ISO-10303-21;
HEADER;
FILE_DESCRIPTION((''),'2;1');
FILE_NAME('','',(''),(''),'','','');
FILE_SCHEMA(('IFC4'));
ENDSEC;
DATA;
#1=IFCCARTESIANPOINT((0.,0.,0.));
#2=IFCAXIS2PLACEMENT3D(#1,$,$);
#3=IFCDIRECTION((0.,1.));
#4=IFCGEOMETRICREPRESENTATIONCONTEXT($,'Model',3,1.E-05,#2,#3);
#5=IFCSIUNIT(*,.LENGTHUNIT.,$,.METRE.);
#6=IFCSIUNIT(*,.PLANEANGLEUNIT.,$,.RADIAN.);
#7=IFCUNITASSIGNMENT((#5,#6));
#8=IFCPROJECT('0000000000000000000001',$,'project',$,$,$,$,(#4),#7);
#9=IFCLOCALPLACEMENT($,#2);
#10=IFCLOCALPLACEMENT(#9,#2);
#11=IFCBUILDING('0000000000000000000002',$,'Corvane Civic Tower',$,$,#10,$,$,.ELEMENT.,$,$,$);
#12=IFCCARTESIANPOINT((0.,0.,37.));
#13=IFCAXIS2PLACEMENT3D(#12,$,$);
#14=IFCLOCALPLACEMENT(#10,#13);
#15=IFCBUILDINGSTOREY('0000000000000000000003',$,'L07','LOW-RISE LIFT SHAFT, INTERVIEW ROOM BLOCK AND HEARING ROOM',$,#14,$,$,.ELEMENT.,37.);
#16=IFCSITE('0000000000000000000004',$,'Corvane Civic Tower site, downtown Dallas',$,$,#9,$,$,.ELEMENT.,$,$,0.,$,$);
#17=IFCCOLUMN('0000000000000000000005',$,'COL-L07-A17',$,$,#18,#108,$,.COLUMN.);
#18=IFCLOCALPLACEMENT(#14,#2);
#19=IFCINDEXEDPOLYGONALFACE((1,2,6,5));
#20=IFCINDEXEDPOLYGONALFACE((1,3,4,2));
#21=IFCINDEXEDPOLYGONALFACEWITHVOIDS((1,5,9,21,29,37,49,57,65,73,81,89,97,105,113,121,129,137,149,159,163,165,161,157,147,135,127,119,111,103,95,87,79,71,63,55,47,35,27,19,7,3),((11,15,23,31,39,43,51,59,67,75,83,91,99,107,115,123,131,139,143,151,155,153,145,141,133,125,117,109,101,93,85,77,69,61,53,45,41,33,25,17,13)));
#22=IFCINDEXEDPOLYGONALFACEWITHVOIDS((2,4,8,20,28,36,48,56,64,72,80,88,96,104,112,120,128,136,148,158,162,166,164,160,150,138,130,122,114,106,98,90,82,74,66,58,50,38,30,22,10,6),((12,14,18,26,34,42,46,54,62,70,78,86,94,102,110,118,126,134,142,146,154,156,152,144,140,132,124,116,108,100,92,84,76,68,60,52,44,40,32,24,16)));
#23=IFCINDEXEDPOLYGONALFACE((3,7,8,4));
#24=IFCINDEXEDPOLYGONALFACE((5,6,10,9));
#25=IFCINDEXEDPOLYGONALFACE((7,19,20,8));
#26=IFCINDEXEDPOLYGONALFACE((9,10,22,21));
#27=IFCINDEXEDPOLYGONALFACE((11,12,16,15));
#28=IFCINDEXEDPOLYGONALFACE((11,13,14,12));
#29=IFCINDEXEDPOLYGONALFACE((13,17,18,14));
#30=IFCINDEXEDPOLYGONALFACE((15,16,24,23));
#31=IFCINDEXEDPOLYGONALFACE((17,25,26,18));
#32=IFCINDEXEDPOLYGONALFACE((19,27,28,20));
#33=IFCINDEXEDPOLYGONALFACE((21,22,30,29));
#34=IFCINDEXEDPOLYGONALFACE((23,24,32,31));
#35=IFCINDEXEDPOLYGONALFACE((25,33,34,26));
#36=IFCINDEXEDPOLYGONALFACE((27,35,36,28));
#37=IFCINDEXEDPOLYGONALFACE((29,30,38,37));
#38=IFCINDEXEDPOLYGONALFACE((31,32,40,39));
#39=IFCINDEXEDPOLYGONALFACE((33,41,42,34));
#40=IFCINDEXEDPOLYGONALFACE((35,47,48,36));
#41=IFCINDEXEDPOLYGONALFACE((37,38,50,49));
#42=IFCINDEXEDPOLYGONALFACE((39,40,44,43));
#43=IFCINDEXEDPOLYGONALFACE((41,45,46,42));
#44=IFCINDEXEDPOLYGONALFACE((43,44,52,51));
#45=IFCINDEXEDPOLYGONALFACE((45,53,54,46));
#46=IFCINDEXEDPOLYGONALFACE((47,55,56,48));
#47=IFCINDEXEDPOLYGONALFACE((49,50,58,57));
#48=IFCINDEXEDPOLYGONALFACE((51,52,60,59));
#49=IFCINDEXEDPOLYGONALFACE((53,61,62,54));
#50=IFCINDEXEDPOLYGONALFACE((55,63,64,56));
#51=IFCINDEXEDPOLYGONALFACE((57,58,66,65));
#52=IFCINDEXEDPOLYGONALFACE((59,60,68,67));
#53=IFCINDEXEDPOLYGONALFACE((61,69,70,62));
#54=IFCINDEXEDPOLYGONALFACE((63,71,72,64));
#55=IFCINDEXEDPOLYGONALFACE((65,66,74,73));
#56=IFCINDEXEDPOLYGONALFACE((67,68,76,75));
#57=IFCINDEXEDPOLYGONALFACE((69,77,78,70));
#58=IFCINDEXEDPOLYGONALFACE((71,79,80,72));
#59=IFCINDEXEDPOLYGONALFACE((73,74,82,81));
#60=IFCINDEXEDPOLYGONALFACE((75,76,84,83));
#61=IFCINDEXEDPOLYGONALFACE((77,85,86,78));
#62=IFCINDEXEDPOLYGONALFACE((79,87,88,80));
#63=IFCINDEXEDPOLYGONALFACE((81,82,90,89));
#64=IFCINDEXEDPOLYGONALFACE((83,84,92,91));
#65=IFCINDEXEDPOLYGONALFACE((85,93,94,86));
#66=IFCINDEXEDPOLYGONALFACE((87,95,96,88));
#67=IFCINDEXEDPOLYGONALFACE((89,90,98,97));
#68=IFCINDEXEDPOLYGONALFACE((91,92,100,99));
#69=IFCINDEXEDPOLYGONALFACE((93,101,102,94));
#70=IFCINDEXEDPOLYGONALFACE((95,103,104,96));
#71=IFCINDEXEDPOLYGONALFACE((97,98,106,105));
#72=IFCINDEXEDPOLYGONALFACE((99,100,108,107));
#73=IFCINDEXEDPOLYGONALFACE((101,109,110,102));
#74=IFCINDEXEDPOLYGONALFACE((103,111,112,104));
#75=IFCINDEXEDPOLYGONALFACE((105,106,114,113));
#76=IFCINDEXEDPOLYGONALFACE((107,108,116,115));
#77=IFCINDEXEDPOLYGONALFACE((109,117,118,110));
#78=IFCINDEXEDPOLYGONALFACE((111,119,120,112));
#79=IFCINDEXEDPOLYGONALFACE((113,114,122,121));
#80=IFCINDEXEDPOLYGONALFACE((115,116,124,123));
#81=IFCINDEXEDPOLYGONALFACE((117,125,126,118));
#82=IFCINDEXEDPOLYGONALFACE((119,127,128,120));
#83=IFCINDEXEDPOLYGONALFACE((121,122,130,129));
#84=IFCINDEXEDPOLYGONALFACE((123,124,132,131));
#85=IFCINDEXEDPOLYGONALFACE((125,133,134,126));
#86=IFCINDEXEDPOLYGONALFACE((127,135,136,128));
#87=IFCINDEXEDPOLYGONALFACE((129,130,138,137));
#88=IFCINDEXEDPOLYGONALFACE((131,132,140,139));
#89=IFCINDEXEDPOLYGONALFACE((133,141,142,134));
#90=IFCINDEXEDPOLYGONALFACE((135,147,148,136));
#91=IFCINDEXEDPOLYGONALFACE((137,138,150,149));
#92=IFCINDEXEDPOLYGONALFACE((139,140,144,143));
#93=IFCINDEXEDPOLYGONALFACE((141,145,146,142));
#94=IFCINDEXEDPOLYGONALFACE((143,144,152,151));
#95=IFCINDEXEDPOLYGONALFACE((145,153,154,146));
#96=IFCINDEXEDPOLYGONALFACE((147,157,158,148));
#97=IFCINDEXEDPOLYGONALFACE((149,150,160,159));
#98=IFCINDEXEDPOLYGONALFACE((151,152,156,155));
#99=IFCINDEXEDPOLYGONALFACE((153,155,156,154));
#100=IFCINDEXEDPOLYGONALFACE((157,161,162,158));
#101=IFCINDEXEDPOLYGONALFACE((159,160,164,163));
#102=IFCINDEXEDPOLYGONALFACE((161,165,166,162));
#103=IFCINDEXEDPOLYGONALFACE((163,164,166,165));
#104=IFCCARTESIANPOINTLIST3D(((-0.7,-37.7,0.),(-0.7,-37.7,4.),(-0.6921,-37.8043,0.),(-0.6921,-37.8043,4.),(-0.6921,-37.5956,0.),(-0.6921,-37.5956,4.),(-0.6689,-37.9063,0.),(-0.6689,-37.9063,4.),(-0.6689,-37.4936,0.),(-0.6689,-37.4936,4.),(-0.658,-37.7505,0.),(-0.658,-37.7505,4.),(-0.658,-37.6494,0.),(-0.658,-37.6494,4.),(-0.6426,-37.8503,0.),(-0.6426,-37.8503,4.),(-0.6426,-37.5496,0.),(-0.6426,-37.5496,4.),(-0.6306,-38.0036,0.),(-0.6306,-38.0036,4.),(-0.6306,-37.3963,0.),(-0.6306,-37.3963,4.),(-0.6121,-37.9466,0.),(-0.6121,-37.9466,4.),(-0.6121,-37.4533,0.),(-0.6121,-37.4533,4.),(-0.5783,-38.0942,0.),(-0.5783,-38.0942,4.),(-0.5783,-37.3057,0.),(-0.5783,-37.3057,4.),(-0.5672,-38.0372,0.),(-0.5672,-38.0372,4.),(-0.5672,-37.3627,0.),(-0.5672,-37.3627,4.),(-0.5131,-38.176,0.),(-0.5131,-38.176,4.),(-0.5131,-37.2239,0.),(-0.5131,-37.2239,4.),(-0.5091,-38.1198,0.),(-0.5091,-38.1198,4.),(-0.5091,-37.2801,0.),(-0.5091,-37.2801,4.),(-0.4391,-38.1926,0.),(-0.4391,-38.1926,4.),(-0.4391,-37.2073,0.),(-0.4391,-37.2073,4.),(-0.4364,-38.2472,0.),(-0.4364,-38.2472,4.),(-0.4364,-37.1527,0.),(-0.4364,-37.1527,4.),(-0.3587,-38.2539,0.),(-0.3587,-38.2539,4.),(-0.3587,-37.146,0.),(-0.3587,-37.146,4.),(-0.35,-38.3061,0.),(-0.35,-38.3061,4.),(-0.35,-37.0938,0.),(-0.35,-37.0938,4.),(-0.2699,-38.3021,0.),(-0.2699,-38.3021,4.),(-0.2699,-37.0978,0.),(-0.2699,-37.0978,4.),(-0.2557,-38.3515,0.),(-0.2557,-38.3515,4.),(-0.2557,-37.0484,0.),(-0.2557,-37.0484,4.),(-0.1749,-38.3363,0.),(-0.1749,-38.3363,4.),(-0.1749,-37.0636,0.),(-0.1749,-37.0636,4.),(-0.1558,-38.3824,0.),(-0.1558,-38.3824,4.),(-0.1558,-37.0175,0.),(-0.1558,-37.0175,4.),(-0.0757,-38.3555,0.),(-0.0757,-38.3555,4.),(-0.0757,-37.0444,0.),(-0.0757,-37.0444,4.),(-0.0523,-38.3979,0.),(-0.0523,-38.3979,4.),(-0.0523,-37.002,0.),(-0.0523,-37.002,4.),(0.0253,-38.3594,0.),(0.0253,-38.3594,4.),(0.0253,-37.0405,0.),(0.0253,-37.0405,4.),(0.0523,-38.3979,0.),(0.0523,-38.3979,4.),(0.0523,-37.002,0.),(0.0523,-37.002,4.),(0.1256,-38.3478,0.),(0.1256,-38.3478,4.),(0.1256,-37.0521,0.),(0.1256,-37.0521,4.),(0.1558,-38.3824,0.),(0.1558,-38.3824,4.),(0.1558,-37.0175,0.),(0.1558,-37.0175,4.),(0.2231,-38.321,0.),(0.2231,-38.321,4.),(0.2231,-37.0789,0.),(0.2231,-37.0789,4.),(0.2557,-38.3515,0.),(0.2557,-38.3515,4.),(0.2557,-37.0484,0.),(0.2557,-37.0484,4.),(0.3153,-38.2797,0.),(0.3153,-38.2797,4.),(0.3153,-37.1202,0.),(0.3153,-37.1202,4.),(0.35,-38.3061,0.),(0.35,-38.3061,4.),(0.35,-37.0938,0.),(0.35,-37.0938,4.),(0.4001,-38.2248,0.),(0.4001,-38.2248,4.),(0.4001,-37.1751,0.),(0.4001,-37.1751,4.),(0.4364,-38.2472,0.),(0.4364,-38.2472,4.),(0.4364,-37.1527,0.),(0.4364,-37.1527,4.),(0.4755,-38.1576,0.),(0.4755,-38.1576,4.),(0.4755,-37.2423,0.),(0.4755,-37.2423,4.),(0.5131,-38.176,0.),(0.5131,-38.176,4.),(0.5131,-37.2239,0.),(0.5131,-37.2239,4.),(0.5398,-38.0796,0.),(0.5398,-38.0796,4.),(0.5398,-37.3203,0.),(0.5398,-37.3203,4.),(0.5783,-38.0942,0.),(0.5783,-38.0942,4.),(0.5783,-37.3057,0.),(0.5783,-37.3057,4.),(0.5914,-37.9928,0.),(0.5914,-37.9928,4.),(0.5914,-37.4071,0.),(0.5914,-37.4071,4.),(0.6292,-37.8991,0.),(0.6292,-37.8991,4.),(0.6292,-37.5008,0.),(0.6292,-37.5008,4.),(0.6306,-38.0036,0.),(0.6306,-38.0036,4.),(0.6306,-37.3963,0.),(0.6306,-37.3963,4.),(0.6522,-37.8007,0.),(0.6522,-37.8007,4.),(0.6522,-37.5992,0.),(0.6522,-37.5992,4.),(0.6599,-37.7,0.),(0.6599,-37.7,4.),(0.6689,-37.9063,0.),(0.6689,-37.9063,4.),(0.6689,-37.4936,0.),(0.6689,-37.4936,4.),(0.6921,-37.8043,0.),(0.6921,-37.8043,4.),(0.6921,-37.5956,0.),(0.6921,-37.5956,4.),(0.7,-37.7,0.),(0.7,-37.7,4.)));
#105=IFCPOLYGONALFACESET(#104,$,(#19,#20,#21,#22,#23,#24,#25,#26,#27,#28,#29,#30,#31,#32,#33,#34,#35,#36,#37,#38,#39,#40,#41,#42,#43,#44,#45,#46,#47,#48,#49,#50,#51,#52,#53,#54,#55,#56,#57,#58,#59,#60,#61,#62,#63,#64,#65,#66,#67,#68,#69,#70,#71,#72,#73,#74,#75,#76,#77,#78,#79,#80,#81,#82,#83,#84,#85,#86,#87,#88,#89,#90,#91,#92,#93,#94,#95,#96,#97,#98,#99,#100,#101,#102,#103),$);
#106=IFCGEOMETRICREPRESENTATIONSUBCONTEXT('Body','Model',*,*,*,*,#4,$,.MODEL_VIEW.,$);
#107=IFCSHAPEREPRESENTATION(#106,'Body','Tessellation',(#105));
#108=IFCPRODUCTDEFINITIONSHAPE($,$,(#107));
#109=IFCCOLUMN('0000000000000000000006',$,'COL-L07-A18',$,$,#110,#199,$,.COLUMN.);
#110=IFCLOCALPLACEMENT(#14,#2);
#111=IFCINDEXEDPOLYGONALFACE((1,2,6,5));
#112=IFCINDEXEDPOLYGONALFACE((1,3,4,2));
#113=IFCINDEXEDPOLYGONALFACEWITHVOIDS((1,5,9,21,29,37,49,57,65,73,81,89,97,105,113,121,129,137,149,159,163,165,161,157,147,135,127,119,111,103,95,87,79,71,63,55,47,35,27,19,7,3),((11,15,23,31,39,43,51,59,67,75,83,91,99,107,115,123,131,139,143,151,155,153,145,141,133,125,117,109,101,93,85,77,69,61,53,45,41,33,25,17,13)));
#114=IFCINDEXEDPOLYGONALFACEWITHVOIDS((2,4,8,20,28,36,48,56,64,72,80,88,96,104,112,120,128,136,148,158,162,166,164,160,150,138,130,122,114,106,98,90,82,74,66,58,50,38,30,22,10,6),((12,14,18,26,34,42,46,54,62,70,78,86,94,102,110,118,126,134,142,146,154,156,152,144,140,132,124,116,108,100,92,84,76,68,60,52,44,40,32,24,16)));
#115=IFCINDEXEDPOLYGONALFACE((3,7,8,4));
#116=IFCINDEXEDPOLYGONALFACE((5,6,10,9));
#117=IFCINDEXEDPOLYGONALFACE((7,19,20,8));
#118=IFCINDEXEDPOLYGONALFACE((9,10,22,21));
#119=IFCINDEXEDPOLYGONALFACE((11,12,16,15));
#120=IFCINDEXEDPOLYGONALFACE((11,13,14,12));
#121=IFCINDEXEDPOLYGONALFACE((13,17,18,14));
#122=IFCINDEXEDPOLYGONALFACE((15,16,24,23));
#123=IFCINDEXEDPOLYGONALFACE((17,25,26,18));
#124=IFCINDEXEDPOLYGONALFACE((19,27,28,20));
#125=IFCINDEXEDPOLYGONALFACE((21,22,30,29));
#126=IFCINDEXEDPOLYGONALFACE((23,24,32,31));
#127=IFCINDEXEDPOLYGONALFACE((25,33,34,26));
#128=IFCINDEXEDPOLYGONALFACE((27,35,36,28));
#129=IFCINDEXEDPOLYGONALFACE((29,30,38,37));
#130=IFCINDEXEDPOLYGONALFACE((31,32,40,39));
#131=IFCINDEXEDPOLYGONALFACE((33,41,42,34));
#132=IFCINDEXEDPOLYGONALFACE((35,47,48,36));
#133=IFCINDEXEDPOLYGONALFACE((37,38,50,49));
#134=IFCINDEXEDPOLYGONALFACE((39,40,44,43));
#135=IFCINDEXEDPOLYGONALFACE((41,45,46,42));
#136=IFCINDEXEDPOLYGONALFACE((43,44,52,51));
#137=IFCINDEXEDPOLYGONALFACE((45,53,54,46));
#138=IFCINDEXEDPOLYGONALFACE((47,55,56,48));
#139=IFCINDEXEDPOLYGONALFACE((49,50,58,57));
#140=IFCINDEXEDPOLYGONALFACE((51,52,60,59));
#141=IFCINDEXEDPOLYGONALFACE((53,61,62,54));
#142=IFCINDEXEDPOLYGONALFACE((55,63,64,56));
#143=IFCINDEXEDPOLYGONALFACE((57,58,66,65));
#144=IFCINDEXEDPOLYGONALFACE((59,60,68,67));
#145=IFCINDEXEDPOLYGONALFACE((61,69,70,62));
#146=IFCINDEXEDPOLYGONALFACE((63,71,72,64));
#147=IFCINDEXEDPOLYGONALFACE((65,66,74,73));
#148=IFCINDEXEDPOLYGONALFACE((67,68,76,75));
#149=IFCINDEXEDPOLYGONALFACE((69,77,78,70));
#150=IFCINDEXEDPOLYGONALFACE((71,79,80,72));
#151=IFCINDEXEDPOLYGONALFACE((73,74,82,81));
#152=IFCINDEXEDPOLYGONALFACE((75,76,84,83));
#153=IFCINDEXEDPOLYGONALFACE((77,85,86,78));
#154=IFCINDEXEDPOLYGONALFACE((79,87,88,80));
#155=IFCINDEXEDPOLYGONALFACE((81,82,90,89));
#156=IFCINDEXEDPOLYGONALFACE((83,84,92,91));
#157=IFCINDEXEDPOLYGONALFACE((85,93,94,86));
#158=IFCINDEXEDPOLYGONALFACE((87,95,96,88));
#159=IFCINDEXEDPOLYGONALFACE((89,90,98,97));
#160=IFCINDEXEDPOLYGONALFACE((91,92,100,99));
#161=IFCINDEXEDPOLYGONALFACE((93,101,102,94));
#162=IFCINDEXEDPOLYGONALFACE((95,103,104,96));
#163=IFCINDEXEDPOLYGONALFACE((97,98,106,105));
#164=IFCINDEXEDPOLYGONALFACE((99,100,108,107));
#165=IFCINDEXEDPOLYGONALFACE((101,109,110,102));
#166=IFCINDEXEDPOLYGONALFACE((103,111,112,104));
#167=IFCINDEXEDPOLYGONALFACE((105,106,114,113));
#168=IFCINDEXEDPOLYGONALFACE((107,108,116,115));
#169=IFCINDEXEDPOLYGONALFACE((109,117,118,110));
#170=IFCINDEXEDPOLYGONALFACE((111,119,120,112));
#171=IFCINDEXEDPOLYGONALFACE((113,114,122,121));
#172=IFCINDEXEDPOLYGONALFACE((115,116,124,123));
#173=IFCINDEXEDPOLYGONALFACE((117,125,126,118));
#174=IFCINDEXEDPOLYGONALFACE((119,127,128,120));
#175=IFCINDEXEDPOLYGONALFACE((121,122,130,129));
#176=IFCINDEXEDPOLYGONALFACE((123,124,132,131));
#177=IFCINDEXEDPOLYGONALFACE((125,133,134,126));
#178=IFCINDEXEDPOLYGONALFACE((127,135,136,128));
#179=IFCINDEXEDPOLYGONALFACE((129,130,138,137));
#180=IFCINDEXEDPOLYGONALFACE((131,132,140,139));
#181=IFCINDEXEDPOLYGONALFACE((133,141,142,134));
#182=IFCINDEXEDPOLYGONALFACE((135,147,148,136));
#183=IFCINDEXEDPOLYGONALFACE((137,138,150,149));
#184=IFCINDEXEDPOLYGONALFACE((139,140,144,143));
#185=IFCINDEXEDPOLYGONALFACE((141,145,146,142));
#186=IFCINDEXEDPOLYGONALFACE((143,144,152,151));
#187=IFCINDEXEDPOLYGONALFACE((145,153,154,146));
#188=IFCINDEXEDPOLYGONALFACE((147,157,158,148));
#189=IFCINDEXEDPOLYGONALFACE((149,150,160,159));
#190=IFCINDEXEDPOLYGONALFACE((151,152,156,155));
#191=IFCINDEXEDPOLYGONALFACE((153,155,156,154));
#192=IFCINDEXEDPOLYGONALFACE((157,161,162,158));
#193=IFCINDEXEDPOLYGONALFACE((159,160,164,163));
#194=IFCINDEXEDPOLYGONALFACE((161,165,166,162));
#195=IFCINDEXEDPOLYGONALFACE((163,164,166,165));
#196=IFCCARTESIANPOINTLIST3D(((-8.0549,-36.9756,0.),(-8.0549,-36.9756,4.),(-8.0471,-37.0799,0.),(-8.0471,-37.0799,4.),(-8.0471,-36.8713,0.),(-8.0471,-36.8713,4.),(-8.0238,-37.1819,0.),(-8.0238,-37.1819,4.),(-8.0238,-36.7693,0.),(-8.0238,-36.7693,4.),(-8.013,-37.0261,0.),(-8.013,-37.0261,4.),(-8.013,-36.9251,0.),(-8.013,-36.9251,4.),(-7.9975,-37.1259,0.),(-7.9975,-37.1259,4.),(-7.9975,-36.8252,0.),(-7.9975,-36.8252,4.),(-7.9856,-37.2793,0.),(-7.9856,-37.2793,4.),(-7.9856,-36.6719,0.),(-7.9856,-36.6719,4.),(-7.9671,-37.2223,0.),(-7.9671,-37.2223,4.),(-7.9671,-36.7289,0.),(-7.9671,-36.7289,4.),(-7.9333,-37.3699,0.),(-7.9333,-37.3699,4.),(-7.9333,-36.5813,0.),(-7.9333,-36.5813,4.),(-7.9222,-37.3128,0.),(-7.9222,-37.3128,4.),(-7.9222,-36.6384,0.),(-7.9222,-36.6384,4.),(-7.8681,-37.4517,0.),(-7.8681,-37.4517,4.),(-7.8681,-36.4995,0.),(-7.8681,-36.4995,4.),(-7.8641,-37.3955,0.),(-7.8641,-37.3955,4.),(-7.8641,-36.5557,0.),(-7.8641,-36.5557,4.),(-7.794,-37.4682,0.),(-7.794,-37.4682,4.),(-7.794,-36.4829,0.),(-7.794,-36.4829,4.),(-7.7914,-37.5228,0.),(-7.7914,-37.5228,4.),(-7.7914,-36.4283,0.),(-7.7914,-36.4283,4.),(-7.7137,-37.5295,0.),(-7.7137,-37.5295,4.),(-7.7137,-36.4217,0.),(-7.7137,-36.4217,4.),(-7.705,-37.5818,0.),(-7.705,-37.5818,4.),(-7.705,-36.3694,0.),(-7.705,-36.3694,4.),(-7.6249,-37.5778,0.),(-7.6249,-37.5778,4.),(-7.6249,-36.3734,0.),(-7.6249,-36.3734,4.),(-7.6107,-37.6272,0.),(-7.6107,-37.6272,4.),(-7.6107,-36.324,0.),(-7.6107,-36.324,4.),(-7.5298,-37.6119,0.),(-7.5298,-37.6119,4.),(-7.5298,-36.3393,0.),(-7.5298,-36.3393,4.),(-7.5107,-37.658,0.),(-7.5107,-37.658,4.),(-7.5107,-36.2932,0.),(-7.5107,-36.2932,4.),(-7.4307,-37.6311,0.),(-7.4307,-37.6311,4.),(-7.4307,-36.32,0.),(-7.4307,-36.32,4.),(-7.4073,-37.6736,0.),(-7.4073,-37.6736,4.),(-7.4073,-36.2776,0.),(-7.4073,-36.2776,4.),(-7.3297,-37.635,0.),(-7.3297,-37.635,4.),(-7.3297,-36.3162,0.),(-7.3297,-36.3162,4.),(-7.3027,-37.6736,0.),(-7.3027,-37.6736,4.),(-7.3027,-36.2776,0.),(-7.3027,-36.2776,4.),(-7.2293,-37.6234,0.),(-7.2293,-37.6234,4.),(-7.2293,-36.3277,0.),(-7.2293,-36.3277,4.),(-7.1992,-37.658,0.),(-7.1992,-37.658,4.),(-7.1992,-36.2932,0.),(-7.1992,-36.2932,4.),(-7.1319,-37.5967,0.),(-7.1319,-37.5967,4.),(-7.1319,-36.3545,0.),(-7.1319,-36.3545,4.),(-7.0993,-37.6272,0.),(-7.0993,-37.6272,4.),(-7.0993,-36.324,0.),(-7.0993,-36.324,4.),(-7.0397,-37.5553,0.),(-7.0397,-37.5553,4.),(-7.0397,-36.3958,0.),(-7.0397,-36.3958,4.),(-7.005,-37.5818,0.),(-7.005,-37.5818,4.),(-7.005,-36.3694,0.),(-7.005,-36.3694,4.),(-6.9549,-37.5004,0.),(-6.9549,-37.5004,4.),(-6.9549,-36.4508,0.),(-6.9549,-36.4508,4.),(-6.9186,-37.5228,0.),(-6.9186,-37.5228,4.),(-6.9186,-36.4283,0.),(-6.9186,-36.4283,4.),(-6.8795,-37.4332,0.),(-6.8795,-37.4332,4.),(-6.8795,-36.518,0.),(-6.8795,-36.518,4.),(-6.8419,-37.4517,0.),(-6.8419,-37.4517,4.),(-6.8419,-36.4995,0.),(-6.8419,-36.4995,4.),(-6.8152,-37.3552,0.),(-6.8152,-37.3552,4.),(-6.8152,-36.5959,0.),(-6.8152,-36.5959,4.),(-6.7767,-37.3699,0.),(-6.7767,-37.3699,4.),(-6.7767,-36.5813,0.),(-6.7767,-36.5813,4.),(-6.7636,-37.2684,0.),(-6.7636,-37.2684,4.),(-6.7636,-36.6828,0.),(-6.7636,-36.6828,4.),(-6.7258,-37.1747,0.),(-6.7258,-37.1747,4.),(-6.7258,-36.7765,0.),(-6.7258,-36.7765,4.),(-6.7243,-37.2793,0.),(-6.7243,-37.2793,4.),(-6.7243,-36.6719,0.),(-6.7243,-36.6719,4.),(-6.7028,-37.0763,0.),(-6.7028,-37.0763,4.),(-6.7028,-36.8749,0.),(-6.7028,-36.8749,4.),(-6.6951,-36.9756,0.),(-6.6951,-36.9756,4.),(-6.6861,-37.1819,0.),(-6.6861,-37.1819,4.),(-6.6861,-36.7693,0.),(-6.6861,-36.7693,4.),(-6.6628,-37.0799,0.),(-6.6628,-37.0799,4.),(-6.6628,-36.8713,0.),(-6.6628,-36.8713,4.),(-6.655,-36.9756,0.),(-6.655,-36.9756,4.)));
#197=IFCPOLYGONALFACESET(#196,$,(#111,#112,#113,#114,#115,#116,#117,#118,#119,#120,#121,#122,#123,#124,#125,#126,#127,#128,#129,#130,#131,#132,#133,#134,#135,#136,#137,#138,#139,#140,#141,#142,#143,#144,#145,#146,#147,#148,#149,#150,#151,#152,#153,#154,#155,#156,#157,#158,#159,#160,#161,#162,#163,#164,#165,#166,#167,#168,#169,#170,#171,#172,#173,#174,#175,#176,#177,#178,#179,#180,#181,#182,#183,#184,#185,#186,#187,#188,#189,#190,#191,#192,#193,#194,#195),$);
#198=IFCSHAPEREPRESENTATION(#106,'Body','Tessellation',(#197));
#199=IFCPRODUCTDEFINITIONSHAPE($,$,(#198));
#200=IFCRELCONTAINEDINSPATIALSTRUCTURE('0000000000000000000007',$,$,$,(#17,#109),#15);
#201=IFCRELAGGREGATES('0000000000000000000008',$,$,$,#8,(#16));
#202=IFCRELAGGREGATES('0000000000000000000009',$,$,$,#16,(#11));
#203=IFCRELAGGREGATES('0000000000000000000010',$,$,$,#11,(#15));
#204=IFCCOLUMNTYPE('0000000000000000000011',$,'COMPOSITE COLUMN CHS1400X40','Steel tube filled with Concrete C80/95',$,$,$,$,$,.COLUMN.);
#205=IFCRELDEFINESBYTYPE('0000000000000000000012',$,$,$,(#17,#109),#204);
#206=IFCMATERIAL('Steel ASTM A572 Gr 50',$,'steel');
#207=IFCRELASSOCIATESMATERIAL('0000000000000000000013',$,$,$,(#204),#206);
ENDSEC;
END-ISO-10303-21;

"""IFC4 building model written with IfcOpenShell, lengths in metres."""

from ifc_helpers import new_model, si_unit, direction, frame, origin, origin_2d, place, context, subcontext, project, spatial, hollow_circle, extrude, material, material_profile, profile_set, type_object, element, save


model = new_model("IFC4")

# Units and contexts
model_context = context("Model", 3, precision=1e-05, world=origin(), true_north=direction((0.0, 1.0)))
body_context = subcontext(model_context, "Body", "Model", "MODEL_VIEW")
ifc_project = project(units=[si_unit("LENGTHUNIT", "METRE"), si_unit("PLANEANGLEUNIT", "RADIAN")], contexts=[model_context])

# Site, building, storey
site_placement = place(None, origin())
site = spatial("IfcSite", under=ifc_project, at=site_placement, Name="Corvane Civic Tower site, downtown Dallas", CompositionType="ELEMENT", RefElevation=0.0)
building_placement = place(site_placement, origin())
building = spatial("IfcBuilding", under=site, at=building_placement, Name="Corvane Civic Tower", CompositionType="ELEMENT")
storey_placement = place(building_placement, frame((0.0, 0.0, 37.0)))
storey = spatial("IfcBuildingStorey", under=building, at=storey_placement, Name="L07", Description="LOW-RISE LIFT SHAFT, INTERVIEW ROOM BLOCK AND HEARING ROOM", CompositionType="ELEMENT", Elevation=37.0)

# Columns
ifc_material_1 = material(Name="Steel ASTM A572 Gr 50", Category="steel")
ifc_material_profile_1 = material_profile(ifc_material_1, hollow_circle(Radius=0.7, WallThickness=0.04, at=origin_2d()), Name="CHS1400X40")
ifc_profile_set_1 = profile_set([ifc_material_profile_1], Name="Steel ASTM A572 Gr 50")
column_type = type_object("IfcColumnType", Name="COMPOSITE COLUMN CHS1400X40", Description="Steel tube filled with Concrete C80/95", PredefinedType="COLUMN", material=ifc_profile_set_1)
for number, where, z_axis, x_axis, name in (
    (1, (0.0, -37.7, 0.0), (0.0, 0.0, 1.0), (1.0, 0.0, 0.0), "COL-L07-A17"),
    (2, (-7.355, -36.9756, 0.0), (0.0, 0.0, 1.0), (1.0, 0.0, 0.0), "COL-L07-A18"),
):
    element("IfcColumn", number, at=place(storey_placement, frame(where, z_axis=z_axis, x_axis=x_axis)), inside=storey, type_object=column_type, Name=name, PredefinedType="COLUMN", context=body_context, shape_type="SweptSolid", body=[
        extrude(hollow_circle(Radius=0.7, WallThickness=0.04, at=origin_2d()), origin(), (0.0, 0.0, 1.0), 4.0),
    ])

save(model, "model.ifc")
